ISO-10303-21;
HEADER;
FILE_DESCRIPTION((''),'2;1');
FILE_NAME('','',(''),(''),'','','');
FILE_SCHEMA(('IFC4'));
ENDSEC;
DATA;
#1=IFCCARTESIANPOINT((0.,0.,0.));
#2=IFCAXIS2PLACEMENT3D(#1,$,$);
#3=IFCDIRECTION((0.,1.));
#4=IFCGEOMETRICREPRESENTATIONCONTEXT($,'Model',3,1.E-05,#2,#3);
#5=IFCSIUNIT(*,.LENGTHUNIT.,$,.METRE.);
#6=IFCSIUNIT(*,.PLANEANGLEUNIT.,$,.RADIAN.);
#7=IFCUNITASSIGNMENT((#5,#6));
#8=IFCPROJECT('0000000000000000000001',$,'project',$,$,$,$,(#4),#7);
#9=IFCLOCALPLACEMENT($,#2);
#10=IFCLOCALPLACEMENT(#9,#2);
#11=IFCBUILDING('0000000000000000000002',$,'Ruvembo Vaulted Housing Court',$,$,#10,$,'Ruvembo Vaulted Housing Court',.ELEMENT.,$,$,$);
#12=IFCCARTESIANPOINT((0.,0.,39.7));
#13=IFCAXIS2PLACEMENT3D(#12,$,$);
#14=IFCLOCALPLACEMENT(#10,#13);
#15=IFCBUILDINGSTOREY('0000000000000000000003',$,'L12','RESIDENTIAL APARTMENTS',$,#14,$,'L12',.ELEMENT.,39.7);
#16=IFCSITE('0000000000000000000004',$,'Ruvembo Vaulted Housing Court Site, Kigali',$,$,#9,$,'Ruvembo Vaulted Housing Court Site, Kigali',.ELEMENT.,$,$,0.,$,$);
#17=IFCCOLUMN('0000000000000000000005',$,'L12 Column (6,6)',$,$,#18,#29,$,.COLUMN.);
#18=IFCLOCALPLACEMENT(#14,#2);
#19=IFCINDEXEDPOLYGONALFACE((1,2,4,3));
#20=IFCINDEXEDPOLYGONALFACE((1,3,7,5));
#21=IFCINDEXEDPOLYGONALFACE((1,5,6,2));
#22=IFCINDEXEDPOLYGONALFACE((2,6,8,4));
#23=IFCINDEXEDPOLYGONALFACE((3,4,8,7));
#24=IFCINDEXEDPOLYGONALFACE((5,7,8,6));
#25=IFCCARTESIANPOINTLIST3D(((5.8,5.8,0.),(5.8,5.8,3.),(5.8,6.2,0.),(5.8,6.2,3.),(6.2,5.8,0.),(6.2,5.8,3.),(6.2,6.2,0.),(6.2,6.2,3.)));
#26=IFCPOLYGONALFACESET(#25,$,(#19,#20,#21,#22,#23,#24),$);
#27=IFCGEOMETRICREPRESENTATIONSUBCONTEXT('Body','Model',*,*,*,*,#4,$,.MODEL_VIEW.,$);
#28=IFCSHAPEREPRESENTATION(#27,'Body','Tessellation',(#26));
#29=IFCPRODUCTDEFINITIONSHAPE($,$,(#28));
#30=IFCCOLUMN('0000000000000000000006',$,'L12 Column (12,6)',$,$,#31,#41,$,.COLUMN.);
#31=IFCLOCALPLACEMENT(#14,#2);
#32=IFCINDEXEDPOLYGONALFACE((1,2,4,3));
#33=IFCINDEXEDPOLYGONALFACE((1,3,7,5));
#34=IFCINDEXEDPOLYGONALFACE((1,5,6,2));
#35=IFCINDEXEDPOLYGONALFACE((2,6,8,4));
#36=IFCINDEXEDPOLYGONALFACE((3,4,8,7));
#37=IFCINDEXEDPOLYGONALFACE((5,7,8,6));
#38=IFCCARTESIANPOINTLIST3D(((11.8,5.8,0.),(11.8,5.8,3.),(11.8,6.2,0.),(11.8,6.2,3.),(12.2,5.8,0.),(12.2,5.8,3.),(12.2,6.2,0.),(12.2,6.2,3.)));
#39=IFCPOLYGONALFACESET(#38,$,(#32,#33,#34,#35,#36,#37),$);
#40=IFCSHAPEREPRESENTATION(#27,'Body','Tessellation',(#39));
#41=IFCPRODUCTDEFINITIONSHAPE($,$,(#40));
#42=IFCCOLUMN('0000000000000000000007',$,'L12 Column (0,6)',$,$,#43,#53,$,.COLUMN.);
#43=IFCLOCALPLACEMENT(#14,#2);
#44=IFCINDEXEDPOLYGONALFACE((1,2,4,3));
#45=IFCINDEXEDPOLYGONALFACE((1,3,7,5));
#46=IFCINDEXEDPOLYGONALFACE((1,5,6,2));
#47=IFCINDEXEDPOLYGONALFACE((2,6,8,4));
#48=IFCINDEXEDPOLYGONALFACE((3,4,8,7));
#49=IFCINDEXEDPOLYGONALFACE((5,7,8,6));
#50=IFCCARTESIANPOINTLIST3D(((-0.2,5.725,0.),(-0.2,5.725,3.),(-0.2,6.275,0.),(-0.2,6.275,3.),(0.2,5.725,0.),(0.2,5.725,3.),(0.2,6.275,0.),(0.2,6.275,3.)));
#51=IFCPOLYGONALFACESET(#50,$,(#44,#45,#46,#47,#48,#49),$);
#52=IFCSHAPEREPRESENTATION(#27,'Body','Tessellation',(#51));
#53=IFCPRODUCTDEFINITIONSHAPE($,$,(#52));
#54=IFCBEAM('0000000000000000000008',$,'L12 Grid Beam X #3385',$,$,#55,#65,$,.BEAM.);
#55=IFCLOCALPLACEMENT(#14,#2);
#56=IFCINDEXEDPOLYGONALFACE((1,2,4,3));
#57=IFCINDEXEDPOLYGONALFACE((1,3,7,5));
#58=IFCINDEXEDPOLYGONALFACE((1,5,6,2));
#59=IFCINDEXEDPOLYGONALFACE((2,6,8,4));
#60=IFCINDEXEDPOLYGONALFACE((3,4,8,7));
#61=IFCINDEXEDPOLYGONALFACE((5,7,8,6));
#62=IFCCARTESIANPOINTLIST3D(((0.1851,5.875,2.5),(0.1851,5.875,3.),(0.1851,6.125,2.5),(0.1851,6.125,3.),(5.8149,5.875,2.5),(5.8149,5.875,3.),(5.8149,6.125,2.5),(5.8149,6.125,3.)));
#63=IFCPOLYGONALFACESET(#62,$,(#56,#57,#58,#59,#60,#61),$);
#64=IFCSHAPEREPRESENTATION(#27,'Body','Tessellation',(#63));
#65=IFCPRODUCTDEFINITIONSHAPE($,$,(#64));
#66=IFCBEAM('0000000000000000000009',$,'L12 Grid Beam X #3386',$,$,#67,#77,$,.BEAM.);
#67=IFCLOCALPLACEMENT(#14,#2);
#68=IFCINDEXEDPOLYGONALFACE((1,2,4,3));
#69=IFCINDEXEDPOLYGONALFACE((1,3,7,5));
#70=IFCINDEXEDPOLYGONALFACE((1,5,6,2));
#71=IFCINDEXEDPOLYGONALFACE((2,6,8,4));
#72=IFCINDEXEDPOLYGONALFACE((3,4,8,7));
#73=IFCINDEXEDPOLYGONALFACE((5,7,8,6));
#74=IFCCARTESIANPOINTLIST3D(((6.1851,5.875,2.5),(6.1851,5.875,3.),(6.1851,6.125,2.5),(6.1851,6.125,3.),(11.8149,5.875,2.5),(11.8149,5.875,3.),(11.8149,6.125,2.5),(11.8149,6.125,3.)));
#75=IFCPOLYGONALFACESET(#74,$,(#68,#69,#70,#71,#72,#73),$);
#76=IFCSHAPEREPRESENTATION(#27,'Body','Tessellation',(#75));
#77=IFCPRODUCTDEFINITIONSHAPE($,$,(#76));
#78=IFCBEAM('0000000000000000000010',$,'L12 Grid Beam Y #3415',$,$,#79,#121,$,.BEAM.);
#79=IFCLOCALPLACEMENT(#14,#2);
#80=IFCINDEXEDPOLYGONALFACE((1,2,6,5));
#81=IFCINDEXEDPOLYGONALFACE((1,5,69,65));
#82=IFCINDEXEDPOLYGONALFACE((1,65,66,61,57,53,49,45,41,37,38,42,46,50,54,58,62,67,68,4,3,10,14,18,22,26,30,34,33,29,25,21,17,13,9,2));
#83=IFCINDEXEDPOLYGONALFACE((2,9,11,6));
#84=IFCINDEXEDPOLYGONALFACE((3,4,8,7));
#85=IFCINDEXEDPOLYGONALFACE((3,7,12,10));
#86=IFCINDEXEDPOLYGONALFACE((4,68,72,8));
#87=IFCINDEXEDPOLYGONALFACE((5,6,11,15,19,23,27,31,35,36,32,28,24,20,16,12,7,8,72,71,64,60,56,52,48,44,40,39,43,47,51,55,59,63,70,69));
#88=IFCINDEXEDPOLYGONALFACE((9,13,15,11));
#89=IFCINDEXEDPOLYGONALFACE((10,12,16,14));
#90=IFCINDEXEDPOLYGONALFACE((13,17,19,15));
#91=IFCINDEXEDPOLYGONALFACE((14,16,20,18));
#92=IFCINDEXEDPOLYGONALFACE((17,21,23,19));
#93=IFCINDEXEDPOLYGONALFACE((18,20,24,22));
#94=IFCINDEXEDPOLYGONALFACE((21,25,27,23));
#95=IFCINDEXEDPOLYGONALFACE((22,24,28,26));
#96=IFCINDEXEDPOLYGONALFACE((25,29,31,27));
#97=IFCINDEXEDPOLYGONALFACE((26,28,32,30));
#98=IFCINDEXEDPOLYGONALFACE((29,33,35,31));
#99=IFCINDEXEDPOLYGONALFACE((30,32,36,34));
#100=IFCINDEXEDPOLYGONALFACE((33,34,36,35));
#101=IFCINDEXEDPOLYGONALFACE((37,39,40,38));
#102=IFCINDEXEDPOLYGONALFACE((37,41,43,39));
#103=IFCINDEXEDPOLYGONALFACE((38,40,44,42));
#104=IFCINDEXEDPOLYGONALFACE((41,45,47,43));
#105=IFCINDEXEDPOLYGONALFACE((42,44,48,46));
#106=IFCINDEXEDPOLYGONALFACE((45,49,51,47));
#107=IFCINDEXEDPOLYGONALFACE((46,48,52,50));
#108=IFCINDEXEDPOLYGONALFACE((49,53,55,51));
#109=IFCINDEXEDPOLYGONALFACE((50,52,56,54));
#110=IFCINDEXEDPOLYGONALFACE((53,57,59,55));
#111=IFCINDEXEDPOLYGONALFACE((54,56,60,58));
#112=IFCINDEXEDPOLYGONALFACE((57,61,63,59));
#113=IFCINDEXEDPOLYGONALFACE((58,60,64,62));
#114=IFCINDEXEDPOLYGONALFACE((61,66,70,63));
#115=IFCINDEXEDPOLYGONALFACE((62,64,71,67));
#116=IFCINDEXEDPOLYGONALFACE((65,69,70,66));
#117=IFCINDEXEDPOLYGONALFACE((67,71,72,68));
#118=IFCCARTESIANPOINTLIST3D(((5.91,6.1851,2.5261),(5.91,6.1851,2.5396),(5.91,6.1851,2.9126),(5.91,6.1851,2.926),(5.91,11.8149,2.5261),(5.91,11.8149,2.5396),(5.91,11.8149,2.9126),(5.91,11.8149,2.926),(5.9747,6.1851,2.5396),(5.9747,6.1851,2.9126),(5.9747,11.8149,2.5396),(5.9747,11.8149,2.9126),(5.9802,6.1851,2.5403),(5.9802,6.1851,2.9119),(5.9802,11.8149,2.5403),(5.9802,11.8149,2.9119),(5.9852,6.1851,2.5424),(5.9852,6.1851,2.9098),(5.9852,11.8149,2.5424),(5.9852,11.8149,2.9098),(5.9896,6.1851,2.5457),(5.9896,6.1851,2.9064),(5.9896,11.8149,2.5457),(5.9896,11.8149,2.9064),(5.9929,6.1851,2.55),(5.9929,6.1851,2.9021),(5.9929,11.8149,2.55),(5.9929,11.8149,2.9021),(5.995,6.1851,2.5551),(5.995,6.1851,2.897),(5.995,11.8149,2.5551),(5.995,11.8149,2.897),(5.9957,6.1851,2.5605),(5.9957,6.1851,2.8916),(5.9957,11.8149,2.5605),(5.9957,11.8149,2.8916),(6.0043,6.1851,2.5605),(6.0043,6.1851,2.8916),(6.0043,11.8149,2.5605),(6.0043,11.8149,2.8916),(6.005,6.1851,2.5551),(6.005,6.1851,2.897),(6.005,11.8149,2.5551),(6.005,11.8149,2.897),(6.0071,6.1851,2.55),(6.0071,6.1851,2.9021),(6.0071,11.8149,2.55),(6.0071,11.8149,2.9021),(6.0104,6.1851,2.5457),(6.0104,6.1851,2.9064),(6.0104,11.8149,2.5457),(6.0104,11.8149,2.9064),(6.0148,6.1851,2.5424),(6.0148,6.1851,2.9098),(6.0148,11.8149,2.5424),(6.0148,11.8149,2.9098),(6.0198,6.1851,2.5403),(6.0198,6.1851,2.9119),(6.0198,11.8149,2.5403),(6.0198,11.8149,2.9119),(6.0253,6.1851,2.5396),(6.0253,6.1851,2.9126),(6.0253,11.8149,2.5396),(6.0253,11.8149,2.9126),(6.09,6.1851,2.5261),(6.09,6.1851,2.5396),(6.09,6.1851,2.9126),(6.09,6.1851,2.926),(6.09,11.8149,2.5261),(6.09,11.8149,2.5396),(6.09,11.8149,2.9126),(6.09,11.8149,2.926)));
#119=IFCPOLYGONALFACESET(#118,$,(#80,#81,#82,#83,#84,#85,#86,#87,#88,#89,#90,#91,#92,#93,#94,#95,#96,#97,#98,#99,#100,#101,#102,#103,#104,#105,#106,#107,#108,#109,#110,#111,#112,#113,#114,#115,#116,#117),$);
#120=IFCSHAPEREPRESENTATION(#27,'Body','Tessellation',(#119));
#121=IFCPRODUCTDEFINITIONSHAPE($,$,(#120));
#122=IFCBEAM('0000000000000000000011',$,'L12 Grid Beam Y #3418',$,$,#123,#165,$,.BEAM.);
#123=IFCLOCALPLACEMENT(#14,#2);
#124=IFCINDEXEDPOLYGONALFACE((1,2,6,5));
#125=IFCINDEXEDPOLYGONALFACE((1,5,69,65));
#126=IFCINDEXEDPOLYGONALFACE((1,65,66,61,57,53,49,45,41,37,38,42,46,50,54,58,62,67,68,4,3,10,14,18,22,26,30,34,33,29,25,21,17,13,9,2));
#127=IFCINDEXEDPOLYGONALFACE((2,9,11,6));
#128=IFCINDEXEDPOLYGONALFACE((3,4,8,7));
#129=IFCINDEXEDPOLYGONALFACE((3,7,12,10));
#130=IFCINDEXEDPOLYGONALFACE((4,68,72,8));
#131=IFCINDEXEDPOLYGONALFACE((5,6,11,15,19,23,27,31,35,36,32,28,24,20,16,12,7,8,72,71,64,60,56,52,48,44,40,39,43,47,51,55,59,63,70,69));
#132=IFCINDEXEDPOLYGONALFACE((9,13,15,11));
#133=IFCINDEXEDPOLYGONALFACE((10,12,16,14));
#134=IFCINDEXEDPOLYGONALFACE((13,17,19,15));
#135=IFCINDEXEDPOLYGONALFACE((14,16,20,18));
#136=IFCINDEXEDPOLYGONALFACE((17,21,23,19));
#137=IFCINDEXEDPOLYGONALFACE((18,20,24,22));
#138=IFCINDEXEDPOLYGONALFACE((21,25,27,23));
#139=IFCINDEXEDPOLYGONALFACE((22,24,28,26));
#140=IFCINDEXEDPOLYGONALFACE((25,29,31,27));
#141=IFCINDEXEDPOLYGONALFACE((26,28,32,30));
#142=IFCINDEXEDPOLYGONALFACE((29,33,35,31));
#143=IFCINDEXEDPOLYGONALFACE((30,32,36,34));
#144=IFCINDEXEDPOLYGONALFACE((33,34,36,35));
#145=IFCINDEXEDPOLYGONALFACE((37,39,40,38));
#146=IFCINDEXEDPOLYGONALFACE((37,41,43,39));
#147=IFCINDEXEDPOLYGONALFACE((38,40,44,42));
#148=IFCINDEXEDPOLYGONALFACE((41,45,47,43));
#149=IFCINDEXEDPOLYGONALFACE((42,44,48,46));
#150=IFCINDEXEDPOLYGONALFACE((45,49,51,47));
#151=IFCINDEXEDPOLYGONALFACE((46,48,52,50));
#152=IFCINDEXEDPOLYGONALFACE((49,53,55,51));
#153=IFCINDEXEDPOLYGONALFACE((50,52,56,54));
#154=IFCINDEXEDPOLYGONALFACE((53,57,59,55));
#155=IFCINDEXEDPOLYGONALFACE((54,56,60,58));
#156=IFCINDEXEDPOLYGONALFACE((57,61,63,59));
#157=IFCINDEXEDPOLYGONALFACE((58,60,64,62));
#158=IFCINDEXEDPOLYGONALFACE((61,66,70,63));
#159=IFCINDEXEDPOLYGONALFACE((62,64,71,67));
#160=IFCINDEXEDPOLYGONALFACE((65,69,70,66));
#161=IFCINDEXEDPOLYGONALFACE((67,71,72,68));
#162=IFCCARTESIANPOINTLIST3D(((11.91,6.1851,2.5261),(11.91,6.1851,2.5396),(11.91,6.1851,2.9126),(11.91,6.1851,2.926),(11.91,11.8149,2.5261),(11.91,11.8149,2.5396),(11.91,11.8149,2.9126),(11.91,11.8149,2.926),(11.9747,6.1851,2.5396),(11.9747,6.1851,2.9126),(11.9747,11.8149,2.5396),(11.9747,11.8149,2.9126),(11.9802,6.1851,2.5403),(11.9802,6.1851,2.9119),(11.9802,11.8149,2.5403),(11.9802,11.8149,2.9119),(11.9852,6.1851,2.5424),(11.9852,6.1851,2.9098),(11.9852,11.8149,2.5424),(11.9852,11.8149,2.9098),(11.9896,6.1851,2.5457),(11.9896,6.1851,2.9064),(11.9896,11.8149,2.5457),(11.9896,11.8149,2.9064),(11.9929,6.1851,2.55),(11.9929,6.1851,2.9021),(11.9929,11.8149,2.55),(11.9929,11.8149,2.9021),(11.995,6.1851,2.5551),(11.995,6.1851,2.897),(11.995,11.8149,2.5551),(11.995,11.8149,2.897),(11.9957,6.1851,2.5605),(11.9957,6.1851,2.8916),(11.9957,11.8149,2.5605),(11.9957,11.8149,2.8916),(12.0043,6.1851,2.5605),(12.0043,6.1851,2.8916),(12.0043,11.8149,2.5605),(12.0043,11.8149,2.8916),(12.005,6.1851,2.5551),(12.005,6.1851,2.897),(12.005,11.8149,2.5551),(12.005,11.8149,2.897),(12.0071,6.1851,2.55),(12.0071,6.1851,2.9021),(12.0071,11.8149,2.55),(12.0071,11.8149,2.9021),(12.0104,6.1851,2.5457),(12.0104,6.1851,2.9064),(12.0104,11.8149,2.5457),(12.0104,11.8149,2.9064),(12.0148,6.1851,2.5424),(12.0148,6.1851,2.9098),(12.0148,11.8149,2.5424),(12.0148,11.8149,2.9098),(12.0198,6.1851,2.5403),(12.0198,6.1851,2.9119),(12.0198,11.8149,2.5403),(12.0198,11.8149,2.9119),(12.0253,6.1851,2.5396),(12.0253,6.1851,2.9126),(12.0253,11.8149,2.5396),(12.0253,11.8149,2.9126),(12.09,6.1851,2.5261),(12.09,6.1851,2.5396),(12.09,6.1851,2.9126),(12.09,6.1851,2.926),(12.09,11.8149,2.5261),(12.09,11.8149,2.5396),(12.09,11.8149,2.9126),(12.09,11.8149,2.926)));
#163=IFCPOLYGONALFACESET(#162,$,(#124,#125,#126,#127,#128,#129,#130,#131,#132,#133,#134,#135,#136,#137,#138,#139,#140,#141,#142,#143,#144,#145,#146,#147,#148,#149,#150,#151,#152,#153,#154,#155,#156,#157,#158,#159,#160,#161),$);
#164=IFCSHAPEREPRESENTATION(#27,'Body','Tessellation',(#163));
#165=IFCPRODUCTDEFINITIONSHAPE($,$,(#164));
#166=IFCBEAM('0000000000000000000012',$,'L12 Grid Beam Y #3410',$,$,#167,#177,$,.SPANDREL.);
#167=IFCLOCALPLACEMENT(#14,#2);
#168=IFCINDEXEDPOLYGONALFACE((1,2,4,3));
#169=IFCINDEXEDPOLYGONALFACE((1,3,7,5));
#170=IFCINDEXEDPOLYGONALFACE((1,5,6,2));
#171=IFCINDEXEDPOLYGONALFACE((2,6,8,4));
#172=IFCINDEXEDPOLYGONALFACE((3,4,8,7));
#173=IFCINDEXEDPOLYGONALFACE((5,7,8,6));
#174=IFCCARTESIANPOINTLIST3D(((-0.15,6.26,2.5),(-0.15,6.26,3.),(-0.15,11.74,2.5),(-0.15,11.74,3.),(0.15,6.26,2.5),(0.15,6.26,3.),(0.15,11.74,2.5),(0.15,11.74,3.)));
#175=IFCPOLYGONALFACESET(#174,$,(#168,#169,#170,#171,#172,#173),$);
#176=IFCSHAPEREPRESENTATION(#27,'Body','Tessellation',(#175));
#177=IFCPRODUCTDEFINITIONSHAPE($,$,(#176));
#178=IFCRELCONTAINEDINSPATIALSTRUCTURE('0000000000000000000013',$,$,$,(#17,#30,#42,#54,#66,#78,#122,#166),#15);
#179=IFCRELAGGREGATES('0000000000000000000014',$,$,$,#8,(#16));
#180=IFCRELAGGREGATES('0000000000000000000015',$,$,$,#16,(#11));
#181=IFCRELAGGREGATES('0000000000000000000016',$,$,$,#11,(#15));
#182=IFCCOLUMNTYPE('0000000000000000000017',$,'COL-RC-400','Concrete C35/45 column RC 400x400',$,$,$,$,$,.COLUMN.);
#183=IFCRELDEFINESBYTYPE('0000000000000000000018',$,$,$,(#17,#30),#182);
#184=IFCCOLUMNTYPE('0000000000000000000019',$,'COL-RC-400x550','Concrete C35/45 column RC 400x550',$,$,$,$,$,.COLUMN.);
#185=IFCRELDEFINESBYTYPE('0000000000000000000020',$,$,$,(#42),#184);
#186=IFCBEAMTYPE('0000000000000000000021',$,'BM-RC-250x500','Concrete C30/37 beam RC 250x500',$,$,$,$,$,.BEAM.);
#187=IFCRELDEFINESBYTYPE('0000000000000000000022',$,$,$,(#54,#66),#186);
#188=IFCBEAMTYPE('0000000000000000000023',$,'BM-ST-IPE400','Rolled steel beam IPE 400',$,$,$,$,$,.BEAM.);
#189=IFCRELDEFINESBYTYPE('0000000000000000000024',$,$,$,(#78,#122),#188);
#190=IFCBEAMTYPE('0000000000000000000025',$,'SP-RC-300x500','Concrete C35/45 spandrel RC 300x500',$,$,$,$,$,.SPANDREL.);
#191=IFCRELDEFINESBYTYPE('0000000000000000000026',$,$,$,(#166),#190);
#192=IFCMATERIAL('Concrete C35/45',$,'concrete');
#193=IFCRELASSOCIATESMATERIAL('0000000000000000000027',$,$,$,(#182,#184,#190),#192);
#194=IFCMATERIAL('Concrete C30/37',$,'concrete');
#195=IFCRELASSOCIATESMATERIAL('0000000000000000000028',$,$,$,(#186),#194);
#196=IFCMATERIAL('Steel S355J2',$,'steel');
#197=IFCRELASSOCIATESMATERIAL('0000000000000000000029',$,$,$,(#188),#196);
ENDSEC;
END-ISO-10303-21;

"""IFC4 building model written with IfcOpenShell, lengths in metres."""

from ifc_helpers import new_model, si_unit, direction, frame, origin, origin_2d, place, context, subcontext, project, spatial, rectangle, i_section, extrude, material, material_profile, profile_set, type_object, element, save


model = new_model("IFC4")

# Units and contexts
model_context = context("Model", 3, precision=1e-05, world=origin(), true_north=direction((0.0, 1.0)))
body_context = subcontext(model_context, "Body", "Model", "MODEL_VIEW")
ifc_project = project(units=[si_unit("LENGTHUNIT", "METRE"), si_unit("PLANEANGLEUNIT", "RADIAN")], contexts=[model_context])

# Site, building, storey
site_placement = place(None, origin())
site = spatial("IfcSite", under=ifc_project, at=site_placement, Name="Ruvembo Vaulted Housing Court Site, Kigali", LongName="Ruvembo Vaulted Housing Court Site, Kigali", CompositionType="ELEMENT", RefElevation=0.0)
building_placement = place(site_placement, origin())
building = spatial("IfcBuilding", under=site, at=building_placement, Name="Ruvembo Vaulted Housing Court", LongName="Ruvembo Vaulted Housing Court", CompositionType="ELEMENT")
storey_placement = place(building_placement, frame((0.0, 0.0, 39.7)))
storey = spatial("IfcBuildingStorey", under=building, at=storey_placement, Name="L12", Description="RESIDENTIAL APARTMENTS", LongName="L12", CompositionType="ELEMENT", Elevation=39.7)

# Columns
ifc_material_1 = material(Name="Concrete C35/45", Category="concrete")
ifc_material_profile_1 = material_profile(ifc_material_1, rectangle(XDim=0.3999, YDim=0.3999, at=origin_2d()), Name="RC 400x400")
ifc_profile_set_1 = profile_set([ifc_material_profile_1], Name="Concrete C35/45")
column_type_1 = type_object("IfcColumnType", Name="COL-RC-400", Description="Concrete C35/45 column RC 400x400", PredefinedType="COLUMN", material=ifc_profile_set_1)
for number, where, z_axis, x_axis, name in (
    (1, (6.0, 6.0, 0.0), (0.0, 0.0, 1.0), (1.0, 0.0, 0.0), "L12 Column (6,6)"),
    (2, (12.0, 6.0, 0.0), (0.0, 0.0, 1.0), (1.0, 0.0, 0.0), "L12 Column (12,6)"),
):
    element("IfcColumn", number, at=place(storey_placement, frame(where, z_axis=z_axis, x_axis=x_axis)), inside=storey, type_object=column_type_1, Name=name, PredefinedType="COLUMN", context=body_context, shape_type="SweptSolid", body=[
        extrude(rectangle(XDim=0.3999, YDim=0.3999, at=origin_2d()), origin(), (0.0, 0.0, 1.0), 3.0),
    ])
ifc_material_profile_2 = material_profile(ifc_material_1, rectangle(XDim=0.3999, YDim=0.55, at=origin_2d()), Name="RC 400x550")
ifc_profile_set_2 = profile_set([ifc_material_profile_2], Name="Concrete C35/45")
column_type_2 = type_object("IfcColumnType", Name="COL-RC-400x550", Description="Concrete C35/45 column RC 400x550", PredefinedType="COLUMN", material=ifc_profile_set_2)
column_placement = place(storey_placement, frame((0.0, 6.0, 0.0), z_axis=(0.0, 0.0, 1.0), x_axis=(1.0, 0.0, 0.0)))
element("IfcColumn", 3, at=column_placement, inside=storey, type_object=column_type_2, Name="L12 Column (0,6)", PredefinedType="COLUMN", context=body_context, shape_type="SweptSolid", body=[
    extrude(rectangle(XDim=0.3999, YDim=0.55, at=origin_2d()), origin(), (0.0, 0.0, 1.0), 3.0),
])

# Beams
ifc_material_2 = material(Name="Concrete C30/37", Category="concrete")
ifc_material_profile_3 = material_profile(ifc_material_2, rectangle(XDim=0.25, YDim=0.5, at=origin_2d()), Name="RC 250x500")
ifc_profile_set_3 = profile_set([ifc_material_profile_3], Name="Concrete C30/37")
beam_type_1 = type_object("IfcBeamType", Name="BM-RC-250x500", Description="Concrete C30/37 beam RC 250x500", PredefinedType="BEAM", material=ifc_profile_set_3)
for number, where, z_axis, x_axis, name in (
    (4, (0.1851, 6.0, 2.75), (1.0, 0.0, 0.0), (0.0, 1.0, 0.0), "L12 Grid Beam X #3385"),
    (5, (6.1851, 6.0, 2.75), (1.0, 0.0, 0.0), (0.0, 1.0, 0.0), "L12 Grid Beam X #3386"),
):
    element("IfcBeam", number, at=place(storey_placement, frame(where, z_axis=z_axis, x_axis=x_axis)), inside=storey, type_object=beam_type_1, Name=name, PredefinedType="BEAM", context=body_context, shape_type="SweptSolid", body=[
        extrude(rectangle(XDim=0.25, YDim=0.5, at=origin_2d()), origin(), (0.0, 0.0, 1.0), 5.6299),
    ])
ifc_material_3 = material(Name="Steel S355J2", Category="steel")
ifc_material_profile_4 = material_profile(ifc_material_3, i_section(OverallWidth=0.1799, OverallDepth=0.3999, WebThickness=0.0085, FlangeThickness=0.0134, FilletRadius=0.021, at=origin_2d()), Name="IPE 400")
ifc_profile_set_4 = profile_set([ifc_material_profile_4], Name="Steel S355J2")
beam_type_2 = type_object("IfcBeamType", Name="BM-ST-IPE400", Description="Rolled steel beam IPE 400", PredefinedType="BEAM", material=ifc_profile_set_4)
for number, where, z_axis, x_axis, name in (
    (6, (6.0, 6.1851, 2.7261), (0.0, 1.0, 0.0), (-1.0, 0.0, 0.0), "L12 Grid Beam Y #3415"),
    (7, (12.0, 6.1851, 2.7261), (0.0, 1.0, 0.0), (-1.0, 0.0, 0.0), "L12 Grid Beam Y #3418"),
):
    element("IfcBeam", number, at=place(storey_placement, frame(where, z_axis=z_axis, x_axis=x_axis)), inside=storey, type_object=beam_type_2, Name=name, PredefinedType="BEAM", context=body_context, shape_type="SweptSolid", body=[
        extrude(i_section(OverallWidth=0.1799, OverallDepth=0.3999, WebThickness=0.0085, FlangeThickness=0.0134, FilletRadius=0.021, at=origin_2d()), origin(), (0.0, 0.0, 1.0), 5.6299),
    ])
ifc_material_profile_5 = material_profile(ifc_material_1, rectangle(XDim=0.3, YDim=0.5, at=origin_2d()), Name="RC 300x500")
ifc_profile_set_5 = profile_set([ifc_material_profile_5], Name="Concrete C35/45")
beam_type_3 = type_object("IfcBeamType", Name="SP-RC-300x500", Description="Concrete C35/45 spandrel RC 300x500", PredefinedType="SPANDREL", material=ifc_profile_set_5)
beam_placement = place(storey_placement, frame((0.0, 6.26, 2.75), z_axis=(0.0, 1.0, 0.0), x_axis=(-1.0, 0.0, 0.0)))
element("IfcBeam", 8, at=beam_placement, inside=storey, type_object=beam_type_3, Name="L12 Grid Beam Y #3410", PredefinedType="SPANDREL", context=body_context, shape_type="SweptSolid", body=[
    extrude(rectangle(XDim=0.3, YDim=0.5, at=origin_2d()), origin(), (0.0, 0.0, 1.0), 5.48),
])

save(model, "model.ifc")
